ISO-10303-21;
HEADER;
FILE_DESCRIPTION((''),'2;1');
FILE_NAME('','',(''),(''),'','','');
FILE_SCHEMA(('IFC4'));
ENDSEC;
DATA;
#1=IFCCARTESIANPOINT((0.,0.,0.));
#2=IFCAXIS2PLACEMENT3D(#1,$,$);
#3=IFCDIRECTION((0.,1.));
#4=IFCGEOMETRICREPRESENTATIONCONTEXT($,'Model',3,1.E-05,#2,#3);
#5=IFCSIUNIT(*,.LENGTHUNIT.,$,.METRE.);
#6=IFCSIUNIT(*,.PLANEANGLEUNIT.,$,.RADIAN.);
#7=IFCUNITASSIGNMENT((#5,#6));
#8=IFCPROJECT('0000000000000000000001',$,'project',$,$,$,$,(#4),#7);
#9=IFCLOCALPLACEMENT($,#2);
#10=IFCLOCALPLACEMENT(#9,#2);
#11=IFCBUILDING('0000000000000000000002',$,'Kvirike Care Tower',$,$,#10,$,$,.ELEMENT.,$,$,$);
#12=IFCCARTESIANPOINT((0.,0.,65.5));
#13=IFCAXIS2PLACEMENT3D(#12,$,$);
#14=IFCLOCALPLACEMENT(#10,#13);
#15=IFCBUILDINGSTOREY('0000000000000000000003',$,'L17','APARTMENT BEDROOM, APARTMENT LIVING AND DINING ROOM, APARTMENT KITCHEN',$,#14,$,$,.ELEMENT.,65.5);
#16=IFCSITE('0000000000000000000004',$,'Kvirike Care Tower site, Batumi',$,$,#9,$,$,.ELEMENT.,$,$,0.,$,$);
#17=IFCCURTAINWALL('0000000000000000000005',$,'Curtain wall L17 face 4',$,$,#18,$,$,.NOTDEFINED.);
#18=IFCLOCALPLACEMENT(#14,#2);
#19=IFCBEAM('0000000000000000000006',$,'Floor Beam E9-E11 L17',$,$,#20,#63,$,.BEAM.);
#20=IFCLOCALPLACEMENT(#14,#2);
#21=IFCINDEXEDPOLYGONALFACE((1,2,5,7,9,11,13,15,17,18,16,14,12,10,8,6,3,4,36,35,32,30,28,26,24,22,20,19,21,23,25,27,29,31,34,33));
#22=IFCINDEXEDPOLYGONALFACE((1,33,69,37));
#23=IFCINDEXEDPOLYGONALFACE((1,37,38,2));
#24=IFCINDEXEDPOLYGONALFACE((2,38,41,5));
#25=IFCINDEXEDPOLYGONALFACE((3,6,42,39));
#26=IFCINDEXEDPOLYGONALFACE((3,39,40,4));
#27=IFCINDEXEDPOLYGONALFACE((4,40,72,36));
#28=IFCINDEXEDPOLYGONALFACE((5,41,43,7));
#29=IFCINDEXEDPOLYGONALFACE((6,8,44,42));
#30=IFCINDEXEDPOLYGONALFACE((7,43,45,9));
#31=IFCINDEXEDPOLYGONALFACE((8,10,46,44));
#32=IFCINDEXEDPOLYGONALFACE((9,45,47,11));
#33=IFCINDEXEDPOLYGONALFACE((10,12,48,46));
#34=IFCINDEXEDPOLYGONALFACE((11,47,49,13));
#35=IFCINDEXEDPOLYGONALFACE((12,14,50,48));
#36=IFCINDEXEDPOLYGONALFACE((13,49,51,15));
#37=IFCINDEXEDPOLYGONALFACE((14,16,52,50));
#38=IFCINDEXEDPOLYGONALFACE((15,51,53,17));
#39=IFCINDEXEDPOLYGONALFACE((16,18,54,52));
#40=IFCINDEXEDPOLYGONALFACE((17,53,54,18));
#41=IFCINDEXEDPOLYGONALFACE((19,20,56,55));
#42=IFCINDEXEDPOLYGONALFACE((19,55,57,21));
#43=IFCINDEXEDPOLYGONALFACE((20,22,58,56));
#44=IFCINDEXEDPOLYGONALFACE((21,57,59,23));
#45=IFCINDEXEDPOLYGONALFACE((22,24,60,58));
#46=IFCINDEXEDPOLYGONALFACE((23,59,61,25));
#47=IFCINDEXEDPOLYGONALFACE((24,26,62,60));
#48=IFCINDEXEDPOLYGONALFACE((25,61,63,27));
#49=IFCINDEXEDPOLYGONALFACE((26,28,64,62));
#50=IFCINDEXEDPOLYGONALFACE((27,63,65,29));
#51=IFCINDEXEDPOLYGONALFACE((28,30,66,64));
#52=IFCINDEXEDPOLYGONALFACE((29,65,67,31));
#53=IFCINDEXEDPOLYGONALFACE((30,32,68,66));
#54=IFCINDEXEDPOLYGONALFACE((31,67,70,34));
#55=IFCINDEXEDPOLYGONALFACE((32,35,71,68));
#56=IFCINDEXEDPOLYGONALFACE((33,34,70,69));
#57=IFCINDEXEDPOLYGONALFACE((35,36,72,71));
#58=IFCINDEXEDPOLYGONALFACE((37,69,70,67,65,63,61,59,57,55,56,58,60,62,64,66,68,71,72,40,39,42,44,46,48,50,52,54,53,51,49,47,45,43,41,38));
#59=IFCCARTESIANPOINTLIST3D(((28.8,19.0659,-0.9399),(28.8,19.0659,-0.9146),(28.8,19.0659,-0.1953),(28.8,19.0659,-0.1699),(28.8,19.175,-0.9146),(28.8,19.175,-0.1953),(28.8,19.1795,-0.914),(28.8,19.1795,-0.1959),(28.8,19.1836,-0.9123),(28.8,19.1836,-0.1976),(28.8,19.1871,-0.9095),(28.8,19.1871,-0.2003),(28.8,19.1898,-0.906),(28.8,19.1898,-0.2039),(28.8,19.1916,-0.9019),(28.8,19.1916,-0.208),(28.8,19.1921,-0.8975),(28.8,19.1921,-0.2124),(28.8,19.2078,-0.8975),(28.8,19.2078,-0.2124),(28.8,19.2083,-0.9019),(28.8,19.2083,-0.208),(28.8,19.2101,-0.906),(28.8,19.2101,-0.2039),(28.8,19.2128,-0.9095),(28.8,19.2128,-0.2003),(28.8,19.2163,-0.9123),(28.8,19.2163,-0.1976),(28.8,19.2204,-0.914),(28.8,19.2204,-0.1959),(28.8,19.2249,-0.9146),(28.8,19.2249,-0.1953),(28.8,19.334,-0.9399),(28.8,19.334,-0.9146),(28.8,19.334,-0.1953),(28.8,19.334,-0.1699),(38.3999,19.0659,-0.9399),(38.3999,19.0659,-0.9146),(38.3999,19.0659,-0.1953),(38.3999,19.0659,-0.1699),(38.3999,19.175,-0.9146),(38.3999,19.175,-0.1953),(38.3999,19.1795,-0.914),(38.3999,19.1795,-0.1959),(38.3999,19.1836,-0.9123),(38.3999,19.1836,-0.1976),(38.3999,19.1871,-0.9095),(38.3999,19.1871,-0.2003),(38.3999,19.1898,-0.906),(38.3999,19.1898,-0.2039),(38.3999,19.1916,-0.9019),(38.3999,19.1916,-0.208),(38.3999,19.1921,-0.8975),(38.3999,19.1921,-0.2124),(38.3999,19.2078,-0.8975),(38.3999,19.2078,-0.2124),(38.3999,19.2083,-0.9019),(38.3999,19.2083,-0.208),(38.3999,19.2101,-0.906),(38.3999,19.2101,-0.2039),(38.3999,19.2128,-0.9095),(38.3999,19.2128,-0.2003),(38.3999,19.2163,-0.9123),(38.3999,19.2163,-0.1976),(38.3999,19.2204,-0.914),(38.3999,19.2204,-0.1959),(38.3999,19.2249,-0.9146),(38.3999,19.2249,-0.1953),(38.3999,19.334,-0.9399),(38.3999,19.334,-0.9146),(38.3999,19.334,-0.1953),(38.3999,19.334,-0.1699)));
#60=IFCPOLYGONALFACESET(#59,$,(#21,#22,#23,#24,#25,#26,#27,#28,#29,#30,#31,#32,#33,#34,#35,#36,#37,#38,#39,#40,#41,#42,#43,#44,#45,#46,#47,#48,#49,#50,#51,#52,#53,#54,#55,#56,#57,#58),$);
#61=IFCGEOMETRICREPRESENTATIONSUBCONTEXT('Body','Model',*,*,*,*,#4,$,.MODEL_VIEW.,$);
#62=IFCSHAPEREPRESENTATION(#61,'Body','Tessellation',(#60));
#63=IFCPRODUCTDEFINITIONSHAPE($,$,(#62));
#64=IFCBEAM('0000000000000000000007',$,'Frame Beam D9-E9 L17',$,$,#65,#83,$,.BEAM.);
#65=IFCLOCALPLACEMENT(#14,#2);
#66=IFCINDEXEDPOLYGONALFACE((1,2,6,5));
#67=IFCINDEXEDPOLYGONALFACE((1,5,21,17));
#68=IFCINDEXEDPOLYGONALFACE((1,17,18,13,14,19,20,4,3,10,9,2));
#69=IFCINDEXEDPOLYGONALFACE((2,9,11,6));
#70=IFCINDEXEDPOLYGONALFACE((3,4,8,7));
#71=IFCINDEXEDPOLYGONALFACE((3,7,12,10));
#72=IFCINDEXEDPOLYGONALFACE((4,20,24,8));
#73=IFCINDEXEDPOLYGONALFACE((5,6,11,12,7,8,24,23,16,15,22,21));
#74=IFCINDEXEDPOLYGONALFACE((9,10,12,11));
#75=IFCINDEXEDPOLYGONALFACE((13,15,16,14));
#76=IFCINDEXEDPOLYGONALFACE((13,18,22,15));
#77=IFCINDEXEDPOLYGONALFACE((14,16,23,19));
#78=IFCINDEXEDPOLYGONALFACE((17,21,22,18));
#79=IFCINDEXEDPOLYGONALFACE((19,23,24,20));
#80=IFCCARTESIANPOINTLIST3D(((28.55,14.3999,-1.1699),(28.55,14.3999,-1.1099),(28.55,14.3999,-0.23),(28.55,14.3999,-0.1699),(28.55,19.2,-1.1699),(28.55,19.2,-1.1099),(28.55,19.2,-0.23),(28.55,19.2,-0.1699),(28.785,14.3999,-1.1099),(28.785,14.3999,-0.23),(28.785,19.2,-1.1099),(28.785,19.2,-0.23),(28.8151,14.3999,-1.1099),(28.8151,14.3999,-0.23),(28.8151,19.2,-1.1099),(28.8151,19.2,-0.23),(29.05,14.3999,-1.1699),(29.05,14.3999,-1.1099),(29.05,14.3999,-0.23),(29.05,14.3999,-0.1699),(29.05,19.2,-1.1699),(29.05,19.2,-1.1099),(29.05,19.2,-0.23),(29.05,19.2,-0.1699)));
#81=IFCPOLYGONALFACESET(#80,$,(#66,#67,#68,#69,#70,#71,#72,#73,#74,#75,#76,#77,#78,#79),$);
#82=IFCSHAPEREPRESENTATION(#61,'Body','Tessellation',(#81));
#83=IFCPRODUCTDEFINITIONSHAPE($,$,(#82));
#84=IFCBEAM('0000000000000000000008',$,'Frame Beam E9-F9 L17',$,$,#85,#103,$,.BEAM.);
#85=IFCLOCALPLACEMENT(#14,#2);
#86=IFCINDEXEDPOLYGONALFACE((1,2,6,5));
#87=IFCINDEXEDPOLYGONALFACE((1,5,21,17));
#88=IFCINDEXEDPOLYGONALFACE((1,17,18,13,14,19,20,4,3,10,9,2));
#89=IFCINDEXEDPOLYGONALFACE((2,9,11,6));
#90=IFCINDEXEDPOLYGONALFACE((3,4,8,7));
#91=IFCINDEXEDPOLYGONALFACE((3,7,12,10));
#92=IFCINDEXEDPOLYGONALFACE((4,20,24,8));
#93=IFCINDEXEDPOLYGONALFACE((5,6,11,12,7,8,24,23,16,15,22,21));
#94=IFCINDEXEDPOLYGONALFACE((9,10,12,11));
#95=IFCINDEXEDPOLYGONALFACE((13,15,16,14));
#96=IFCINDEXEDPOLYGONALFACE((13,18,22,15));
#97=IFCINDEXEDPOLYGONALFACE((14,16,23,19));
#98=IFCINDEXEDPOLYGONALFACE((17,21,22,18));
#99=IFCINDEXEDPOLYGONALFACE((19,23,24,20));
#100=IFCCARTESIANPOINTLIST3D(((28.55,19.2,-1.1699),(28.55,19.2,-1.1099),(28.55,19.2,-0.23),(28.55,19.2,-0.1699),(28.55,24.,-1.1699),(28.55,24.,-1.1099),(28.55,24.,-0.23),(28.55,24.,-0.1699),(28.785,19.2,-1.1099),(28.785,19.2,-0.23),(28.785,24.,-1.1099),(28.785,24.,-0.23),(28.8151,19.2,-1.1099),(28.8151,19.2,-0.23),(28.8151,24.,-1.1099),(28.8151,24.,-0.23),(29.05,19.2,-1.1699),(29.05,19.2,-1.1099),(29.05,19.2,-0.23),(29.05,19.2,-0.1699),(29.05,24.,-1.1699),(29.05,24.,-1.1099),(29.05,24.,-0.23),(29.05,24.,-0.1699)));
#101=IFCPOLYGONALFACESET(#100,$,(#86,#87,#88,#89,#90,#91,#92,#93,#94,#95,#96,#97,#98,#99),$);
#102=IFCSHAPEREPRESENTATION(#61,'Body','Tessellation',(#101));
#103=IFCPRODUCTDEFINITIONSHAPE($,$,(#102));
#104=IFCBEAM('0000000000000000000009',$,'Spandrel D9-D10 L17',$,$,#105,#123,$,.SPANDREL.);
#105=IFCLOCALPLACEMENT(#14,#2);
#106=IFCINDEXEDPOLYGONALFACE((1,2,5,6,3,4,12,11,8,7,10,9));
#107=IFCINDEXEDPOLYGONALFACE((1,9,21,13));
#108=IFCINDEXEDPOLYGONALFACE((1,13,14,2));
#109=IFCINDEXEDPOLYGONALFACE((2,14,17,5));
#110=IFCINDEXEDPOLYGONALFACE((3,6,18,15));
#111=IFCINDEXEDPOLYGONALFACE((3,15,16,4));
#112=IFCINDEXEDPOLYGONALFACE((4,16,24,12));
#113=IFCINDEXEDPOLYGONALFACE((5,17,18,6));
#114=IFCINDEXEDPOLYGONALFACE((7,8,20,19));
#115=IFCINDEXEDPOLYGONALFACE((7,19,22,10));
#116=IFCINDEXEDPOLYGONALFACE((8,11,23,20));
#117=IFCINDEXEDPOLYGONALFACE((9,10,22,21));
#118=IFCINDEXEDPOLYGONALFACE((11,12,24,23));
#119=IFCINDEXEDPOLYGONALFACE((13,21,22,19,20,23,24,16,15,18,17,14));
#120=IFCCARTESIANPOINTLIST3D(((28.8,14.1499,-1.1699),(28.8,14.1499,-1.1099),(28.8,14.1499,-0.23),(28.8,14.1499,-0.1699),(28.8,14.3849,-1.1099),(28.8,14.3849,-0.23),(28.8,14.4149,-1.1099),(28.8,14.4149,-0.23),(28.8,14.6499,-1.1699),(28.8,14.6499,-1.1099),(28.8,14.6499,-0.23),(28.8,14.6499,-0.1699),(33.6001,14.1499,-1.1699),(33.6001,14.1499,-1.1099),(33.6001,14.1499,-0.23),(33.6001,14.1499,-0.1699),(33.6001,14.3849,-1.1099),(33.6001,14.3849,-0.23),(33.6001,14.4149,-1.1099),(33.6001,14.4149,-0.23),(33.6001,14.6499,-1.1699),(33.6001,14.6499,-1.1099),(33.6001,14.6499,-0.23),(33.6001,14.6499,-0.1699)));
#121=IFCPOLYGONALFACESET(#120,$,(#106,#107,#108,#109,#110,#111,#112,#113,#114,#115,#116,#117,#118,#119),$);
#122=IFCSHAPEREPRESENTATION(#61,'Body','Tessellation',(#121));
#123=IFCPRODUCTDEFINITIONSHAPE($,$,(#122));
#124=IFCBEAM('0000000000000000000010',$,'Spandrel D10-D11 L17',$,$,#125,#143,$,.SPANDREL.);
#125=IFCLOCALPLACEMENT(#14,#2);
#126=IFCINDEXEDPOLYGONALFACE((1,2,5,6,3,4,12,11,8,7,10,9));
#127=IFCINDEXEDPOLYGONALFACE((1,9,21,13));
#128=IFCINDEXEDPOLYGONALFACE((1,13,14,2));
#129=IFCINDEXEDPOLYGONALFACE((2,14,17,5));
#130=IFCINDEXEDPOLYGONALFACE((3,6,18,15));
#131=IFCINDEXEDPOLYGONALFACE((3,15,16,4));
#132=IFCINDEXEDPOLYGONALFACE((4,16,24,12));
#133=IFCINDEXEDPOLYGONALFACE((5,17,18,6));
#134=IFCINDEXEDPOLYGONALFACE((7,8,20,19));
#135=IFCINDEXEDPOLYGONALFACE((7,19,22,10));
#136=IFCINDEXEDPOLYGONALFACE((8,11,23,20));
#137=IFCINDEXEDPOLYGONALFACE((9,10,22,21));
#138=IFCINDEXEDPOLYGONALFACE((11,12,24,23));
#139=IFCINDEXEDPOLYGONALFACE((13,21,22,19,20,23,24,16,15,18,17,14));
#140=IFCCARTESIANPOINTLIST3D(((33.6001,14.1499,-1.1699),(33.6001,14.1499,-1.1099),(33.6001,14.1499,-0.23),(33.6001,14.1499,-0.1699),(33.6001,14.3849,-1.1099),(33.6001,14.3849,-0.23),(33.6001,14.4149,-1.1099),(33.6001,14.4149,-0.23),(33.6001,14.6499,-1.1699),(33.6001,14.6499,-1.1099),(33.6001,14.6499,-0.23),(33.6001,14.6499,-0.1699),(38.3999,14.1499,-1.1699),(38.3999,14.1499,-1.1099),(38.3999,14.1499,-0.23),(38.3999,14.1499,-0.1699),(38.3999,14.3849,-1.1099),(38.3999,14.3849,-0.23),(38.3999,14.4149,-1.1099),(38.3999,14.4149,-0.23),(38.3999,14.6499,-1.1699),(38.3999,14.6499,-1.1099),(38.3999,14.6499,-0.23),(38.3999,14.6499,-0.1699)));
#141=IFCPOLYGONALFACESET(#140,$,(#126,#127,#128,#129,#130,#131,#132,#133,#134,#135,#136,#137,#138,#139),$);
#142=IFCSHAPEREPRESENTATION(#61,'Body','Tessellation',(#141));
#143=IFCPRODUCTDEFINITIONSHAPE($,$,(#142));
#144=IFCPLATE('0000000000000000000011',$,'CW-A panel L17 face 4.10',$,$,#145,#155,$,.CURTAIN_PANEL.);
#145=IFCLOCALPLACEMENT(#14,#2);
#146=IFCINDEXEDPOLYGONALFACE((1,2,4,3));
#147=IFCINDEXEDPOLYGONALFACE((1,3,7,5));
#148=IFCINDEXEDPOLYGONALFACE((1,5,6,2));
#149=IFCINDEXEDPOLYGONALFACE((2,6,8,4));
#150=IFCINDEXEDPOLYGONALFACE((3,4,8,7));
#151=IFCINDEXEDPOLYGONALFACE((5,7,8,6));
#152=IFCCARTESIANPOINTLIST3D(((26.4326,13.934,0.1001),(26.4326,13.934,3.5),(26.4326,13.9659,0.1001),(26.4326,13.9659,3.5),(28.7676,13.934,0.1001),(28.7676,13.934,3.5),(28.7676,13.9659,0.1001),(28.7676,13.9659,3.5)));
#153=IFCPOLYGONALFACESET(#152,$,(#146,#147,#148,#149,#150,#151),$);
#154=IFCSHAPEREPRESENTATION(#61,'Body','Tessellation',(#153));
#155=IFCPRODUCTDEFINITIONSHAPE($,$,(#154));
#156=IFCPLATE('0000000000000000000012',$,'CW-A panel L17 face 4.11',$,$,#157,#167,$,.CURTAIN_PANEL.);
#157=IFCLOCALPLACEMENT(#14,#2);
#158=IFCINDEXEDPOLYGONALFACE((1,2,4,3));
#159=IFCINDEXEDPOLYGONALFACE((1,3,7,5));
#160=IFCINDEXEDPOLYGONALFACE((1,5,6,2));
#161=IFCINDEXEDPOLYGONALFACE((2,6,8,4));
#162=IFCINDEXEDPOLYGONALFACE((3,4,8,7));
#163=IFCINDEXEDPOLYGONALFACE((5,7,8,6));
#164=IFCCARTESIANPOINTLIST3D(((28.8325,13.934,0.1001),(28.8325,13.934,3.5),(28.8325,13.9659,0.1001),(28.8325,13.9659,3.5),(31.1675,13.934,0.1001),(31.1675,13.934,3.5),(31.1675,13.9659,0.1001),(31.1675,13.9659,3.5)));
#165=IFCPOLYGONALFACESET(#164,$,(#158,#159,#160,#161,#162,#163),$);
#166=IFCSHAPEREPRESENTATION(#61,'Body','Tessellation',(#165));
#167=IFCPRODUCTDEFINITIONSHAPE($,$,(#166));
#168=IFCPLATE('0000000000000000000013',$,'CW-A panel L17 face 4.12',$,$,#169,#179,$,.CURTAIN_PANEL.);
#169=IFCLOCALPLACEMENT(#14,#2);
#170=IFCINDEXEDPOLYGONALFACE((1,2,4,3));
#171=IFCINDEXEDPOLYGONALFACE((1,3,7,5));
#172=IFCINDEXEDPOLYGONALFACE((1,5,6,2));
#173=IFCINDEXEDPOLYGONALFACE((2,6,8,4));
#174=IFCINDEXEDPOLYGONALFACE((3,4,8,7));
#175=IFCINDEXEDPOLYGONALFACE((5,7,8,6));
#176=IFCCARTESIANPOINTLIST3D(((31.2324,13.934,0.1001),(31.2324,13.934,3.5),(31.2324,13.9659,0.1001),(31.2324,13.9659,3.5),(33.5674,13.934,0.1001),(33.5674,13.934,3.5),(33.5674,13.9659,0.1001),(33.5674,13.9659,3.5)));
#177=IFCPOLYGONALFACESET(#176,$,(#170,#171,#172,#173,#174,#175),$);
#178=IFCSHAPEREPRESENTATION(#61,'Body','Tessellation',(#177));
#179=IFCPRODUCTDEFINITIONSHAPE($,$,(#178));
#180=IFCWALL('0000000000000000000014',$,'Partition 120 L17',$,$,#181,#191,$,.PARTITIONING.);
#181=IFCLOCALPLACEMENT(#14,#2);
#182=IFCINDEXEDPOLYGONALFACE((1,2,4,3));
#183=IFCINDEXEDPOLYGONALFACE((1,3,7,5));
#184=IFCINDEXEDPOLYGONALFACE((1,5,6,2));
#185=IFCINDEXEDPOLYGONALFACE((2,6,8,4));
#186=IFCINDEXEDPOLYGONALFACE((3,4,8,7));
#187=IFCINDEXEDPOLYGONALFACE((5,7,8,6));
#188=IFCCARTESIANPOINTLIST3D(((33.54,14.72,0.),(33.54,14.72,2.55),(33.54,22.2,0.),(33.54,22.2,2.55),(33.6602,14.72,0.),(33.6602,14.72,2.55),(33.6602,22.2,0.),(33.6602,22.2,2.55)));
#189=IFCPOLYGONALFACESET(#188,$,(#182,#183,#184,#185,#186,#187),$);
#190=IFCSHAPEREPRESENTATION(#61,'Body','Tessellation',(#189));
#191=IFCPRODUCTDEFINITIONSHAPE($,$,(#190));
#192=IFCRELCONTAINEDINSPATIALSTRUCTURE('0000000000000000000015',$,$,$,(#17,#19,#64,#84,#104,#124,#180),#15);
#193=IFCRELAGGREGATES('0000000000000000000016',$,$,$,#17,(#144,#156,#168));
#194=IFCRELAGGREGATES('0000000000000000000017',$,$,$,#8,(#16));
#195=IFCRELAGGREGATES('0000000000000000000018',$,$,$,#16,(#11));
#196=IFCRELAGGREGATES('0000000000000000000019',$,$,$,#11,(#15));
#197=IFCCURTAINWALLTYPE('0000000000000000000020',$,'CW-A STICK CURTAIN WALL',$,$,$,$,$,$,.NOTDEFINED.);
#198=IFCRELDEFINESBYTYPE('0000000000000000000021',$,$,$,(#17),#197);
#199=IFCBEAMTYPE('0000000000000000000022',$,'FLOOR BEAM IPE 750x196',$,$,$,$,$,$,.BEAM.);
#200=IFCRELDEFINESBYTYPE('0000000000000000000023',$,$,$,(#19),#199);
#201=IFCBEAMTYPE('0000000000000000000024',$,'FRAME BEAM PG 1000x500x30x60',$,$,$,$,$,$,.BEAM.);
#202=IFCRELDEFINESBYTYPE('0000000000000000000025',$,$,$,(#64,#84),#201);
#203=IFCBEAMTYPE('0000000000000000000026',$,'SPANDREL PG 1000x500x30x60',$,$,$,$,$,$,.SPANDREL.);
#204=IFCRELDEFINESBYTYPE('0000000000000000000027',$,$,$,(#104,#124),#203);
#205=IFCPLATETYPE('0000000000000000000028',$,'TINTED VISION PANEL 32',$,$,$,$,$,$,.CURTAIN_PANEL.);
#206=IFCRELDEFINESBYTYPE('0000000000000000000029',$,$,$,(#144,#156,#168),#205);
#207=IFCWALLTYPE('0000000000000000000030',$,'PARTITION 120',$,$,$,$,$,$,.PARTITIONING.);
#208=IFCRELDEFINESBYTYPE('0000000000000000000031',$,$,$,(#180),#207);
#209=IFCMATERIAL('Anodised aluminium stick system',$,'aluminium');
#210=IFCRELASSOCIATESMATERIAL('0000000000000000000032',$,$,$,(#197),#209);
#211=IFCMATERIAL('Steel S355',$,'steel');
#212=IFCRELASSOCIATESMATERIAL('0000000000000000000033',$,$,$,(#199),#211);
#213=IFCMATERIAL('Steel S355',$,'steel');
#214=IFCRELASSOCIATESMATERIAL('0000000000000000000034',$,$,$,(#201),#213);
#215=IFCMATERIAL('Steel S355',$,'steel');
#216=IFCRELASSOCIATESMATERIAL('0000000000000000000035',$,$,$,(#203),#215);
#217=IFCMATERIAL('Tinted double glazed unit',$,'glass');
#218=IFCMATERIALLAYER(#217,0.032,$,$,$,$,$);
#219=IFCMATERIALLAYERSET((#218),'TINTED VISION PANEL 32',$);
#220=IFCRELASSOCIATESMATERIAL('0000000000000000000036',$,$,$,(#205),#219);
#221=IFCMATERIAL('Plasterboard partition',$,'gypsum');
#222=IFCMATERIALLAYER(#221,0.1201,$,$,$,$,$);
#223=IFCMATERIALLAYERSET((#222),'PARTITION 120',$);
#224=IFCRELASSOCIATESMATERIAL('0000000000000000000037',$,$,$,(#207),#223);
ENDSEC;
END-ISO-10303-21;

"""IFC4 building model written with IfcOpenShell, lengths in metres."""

from ifc_helpers import new_model, si_unit, direction, frame, frame_2d, origin, origin_2d, place, context, subcontext, project, spatial, rectangle, i_section, extrude, material, layer, layer_set, material_profile, profile_set, type_object, element, aggregate, save


model = new_model("IFC4")

# Units and contexts
model_context = context("Model", 3, precision=1e-05, world=origin(), true_north=direction((0.0, 1.0)))
body_context = subcontext(model_context, "Body", "Model", "MODEL_VIEW")
ifc_project = project(units=[si_unit("LENGTHUNIT", "METRE"), si_unit("PLANEANGLEUNIT", "RADIAN")], contexts=[model_context])

# Site, building, storey
site_placement = place(None, origin())
site = spatial("IfcSite", under=ifc_project, at=site_placement, Name="Kvirike Care Tower site, Batumi", CompositionType="ELEMENT", RefElevation=0.0)
building_placement = place(site_placement, origin())
building = spatial("IfcBuilding", under=site, at=building_placement, Name="Kvirike Care Tower", CompositionType="ELEMENT")
storey_placement = place(building_placement, frame((0.0, 0.0, 65.5)))
storey = spatial("IfcBuildingStorey", under=building, at=storey_placement, Name="L17", Description="APARTMENT BEDROOM, APARTMENT LIVING AND DINING ROOM, APARTMENT KITCHEN", CompositionType="ELEMENT", Elevation=65.5)

# Curtain wall
ifc_material_1 = material(Name="Anodised aluminium stick system", Category="aluminium")
curtain_wall_type = type_object("IfcCurtainWallType", Name="CW-A STICK CURTAIN WALL", PredefinedType="NOTDEFINED", material=ifc_material_1)
curtain_wall_placement = place(storey_placement, origin())
curtain_wall = element("IfcCurtainWall", 1, at=curtain_wall_placement, inside=storey, type_object=curtain_wall_type, Name="Curtain wall L17 face 4", PredefinedType="NOTDEFINED")

# Beams
ifc_material_2 = material(Name="Steel S355", Category="steel")
ifc_material_profile_1 = material_profile(ifc_material_2, i_section(OverallWidth=0.2681, OverallDepth=0.77, WebThickness=0.0156, FlangeThickness=0.0254, FilletRadius=0.0171, at=origin_2d()), Name="IPE 750x196")
ifc_profile_set_1 = profile_set([ifc_material_profile_1], Name="Steel S355")
beam_type_1 = type_object("IfcBeamType", Name="FLOOR BEAM IPE 750x196", PredefinedType="BEAM", material=ifc_profile_set_1)
beam_1_placement = place(storey_placement, frame((28.8, 19.2, -0.5549), z_axis=(1.0, 0.0, 0.0), x_axis=(0.0, 1.0, 0.0)))
element("IfcBeam", 2, at=beam_1_placement, inside=storey, type_object=beam_type_1, Name="Floor Beam E9-E11 L17", PredefinedType="BEAM", context=body_context, shape_type="SweptSolid", body=[
    extrude(i_section(OverallWidth=0.2681, OverallDepth=0.77, WebThickness=0.0156, FlangeThickness=0.0254, FilletRadius=0.0171, at=origin_2d()), origin(), (0.0, 0.0, 1.0), 9.5999),
])
ifc_material_3 = material(Name="Steel S355", Category="steel")
ifc_material_profile_2 = material_profile(ifc_material_3, i_section(OverallWidth=0.5, OverallDepth=1.0, WebThickness=0.03, FlangeThickness=0.0601, at=origin_2d()), Name="PG 1000x500x30x60")
ifc_profile_set_2 = profile_set([ifc_material_profile_2], Name="Steel S355")
beam_type_2 = type_object("IfcBeamType", Name="FRAME BEAM PG 1000x500x30x60", PredefinedType="BEAM", material=ifc_profile_set_2)
for number, where, z_axis, x_axis, name in (
    (3, (28.8, 14.3999, -0.6699), (0.0, 1.0, 0.0), (-1.0, 0.0, 0.0), "Frame Beam D9-E9 L17"),
    (4, (28.8, 19.2, -0.6699), (0.0, 1.0, 0.0), (-1.0, 0.0, 0.0), "Frame Beam E9-F9 L17"),
):
    element("IfcBeam", number, at=place(storey_placement, frame(where, z_axis=z_axis, x_axis=x_axis)), inside=storey, type_object=beam_type_2, Name=name, PredefinedType="BEAM", context=body_context, shape_type="SweptSolid", body=[
        extrude(i_section(OverallWidth=0.5, OverallDepth=1.0, WebThickness=0.03, FlangeThickness=0.0601, at=origin_2d()), origin(), (0.0, 0.0, 1.0), 4.8),
    ])
ifc_material_4 = material(Name="Steel S355", Category="steel")
ifc_material_profile_3 = material_profile(ifc_material_4, i_section(OverallWidth=0.5, OverallDepth=1.0, WebThickness=0.03, FlangeThickness=0.0601, at=origin_2d()), Name="PG 1000x500x30x60")
ifc_profile_set_3 = profile_set([ifc_material_profile_3], Name="Steel S355")
beam_type_3 = type_object("IfcBeamType", Name="SPANDREL PG 1000x500x30x60", PredefinedType="SPANDREL", material=ifc_profile_set_3)
beam_2_placement = place(storey_placement, frame((28.8, 14.3999, -0.6699), z_axis=(1.0, 0.0, 0.0), x_axis=(0.0, 1.0, 0.0)))
element("IfcBeam", 5, at=beam_2_placement, inside=storey, type_object=beam_type_3, Name="Spandrel D9-D10 L17", PredefinedType="SPANDREL", context=body_context, shape_type="SweptSolid", body=[
    extrude(i_section(OverallWidth=0.5, OverallDepth=1.0, WebThickness=0.03, FlangeThickness=0.0601, at=origin_2d()), origin(), (0.0, 0.0, 1.0), 4.8),
])
beam_3_placement = place(storey_placement, frame((33.6001, 14.3999, -0.6699), z_axis=(1.0, 0.0, 0.0), x_axis=(0.0, 1.0, 0.0)))
element("IfcBeam", 6, at=beam_3_placement, inside=storey, type_object=beam_type_3, Name="Spandrel D10-D11 L17", PredefinedType="SPANDREL", context=body_context, shape_type="SweptSolid", body=[
    extrude(i_section(OverallWidth=0.5, OverallDepth=1.0, WebThickness=0.03, FlangeThickness=0.0601, at=origin_2d()), origin(), (0.0, 0.0, 1.0), 4.7998),
])

# Plates
ifc_material_5 = material(Name="Tinted double glazed unit", Category="glass")
ifc_layer_1 = layer(ifc_material_5, 0.032)
ifc_layer_set_1 = layer_set([ifc_layer_1], Name="TINTED VISION PANEL 32")
plate_type = type_object("IfcPlateType", Name="TINTED VISION PANEL 32", PredefinedType="CURTAIN_PANEL", material=ifc_layer_set_1)
plate_1_placement = place(storey_placement, frame((27.6001, 13.95, 0.1001), z_axis=(0.0, 0.0, 1.0), x_axis=(1.0, 0.0, 0.0)))
plate_1 = element("IfcPlate", 7, at=plate_1_placement, type_object=plate_type, Name="CW-A panel L17 face 4.10", PredefinedType="CURTAIN_PANEL", context=body_context, shape_type="SweptSolid", body=[
    extrude(rectangle(XDim=2.335, YDim=0.032, at=origin_2d()), origin(), (0.0, 0.0, 1.0), 3.3999),
])
plate_2_placement = place(storey_placement, frame((30.0, 13.95, 0.1001), z_axis=(0.0, 0.0, 1.0), x_axis=(1.0, 0.0, 0.0)))
plate_2 = element("IfcPlate", 8, at=plate_2_placement, type_object=plate_type, Name="CW-A panel L17 face 4.11", PredefinedType="CURTAIN_PANEL", context=body_context, shape_type="SweptSolid", body=[
    extrude(rectangle(XDim=2.335, YDim=0.032, at=origin_2d()), origin(), (0.0, 0.0, 1.0), 3.3999),
])
plate_3_placement = place(storey_placement, frame((32.3999, 13.95, 0.1001), z_axis=(0.0, 0.0, 1.0), x_axis=(1.0, 0.0, 0.0)))
plate_3 = element("IfcPlate", 9, at=plate_3_placement, type_object=plate_type, Name="CW-A panel L17 face 4.12", PredefinedType="CURTAIN_PANEL", context=body_context, shape_type="SweptSolid", body=[
    extrude(rectangle(XDim=2.335, YDim=0.032, at=origin_2d()), origin(), (0.0, 0.0, 1.0), 3.3999),
])
aggregate(curtain_wall, [plate_1, plate_2, plate_3])

# Wall
ifc_material_6 = material(Name="Plasterboard partition", Category="gypsum")
ifc_layer_2 = layer(ifc_material_6, 0.1201)
ifc_layer_set_2 = layer_set([ifc_layer_2], Name="PARTITION 120")
wall_type_1 = type_object("IfcWallType", Name="PARTITION 120", PredefinedType="PARTITIONING", material=ifc_layer_set_2)
wall_1_placement = place(storey_placement, frame((33.6001, 14.72, 0.0), z_axis=(0.0, 0.0, 1.0), x_axis=(0.0, 1.0, 0.0)))
element("IfcWall", 10, at=wall_1_placement, inside=storey, type_object=wall_type_1, Name="Partition 120 L17", PredefinedType="PARTITIONING", context=body_context, shape_type="SweptSolid", body=[
    extrude(rectangle(XDim=7.48, YDim=0.1201, at=frame_2d((3.74, 0.0))), origin(), (0.0, 0.0, 1.0), 2.55),
])

save(model, "model.ifc")
